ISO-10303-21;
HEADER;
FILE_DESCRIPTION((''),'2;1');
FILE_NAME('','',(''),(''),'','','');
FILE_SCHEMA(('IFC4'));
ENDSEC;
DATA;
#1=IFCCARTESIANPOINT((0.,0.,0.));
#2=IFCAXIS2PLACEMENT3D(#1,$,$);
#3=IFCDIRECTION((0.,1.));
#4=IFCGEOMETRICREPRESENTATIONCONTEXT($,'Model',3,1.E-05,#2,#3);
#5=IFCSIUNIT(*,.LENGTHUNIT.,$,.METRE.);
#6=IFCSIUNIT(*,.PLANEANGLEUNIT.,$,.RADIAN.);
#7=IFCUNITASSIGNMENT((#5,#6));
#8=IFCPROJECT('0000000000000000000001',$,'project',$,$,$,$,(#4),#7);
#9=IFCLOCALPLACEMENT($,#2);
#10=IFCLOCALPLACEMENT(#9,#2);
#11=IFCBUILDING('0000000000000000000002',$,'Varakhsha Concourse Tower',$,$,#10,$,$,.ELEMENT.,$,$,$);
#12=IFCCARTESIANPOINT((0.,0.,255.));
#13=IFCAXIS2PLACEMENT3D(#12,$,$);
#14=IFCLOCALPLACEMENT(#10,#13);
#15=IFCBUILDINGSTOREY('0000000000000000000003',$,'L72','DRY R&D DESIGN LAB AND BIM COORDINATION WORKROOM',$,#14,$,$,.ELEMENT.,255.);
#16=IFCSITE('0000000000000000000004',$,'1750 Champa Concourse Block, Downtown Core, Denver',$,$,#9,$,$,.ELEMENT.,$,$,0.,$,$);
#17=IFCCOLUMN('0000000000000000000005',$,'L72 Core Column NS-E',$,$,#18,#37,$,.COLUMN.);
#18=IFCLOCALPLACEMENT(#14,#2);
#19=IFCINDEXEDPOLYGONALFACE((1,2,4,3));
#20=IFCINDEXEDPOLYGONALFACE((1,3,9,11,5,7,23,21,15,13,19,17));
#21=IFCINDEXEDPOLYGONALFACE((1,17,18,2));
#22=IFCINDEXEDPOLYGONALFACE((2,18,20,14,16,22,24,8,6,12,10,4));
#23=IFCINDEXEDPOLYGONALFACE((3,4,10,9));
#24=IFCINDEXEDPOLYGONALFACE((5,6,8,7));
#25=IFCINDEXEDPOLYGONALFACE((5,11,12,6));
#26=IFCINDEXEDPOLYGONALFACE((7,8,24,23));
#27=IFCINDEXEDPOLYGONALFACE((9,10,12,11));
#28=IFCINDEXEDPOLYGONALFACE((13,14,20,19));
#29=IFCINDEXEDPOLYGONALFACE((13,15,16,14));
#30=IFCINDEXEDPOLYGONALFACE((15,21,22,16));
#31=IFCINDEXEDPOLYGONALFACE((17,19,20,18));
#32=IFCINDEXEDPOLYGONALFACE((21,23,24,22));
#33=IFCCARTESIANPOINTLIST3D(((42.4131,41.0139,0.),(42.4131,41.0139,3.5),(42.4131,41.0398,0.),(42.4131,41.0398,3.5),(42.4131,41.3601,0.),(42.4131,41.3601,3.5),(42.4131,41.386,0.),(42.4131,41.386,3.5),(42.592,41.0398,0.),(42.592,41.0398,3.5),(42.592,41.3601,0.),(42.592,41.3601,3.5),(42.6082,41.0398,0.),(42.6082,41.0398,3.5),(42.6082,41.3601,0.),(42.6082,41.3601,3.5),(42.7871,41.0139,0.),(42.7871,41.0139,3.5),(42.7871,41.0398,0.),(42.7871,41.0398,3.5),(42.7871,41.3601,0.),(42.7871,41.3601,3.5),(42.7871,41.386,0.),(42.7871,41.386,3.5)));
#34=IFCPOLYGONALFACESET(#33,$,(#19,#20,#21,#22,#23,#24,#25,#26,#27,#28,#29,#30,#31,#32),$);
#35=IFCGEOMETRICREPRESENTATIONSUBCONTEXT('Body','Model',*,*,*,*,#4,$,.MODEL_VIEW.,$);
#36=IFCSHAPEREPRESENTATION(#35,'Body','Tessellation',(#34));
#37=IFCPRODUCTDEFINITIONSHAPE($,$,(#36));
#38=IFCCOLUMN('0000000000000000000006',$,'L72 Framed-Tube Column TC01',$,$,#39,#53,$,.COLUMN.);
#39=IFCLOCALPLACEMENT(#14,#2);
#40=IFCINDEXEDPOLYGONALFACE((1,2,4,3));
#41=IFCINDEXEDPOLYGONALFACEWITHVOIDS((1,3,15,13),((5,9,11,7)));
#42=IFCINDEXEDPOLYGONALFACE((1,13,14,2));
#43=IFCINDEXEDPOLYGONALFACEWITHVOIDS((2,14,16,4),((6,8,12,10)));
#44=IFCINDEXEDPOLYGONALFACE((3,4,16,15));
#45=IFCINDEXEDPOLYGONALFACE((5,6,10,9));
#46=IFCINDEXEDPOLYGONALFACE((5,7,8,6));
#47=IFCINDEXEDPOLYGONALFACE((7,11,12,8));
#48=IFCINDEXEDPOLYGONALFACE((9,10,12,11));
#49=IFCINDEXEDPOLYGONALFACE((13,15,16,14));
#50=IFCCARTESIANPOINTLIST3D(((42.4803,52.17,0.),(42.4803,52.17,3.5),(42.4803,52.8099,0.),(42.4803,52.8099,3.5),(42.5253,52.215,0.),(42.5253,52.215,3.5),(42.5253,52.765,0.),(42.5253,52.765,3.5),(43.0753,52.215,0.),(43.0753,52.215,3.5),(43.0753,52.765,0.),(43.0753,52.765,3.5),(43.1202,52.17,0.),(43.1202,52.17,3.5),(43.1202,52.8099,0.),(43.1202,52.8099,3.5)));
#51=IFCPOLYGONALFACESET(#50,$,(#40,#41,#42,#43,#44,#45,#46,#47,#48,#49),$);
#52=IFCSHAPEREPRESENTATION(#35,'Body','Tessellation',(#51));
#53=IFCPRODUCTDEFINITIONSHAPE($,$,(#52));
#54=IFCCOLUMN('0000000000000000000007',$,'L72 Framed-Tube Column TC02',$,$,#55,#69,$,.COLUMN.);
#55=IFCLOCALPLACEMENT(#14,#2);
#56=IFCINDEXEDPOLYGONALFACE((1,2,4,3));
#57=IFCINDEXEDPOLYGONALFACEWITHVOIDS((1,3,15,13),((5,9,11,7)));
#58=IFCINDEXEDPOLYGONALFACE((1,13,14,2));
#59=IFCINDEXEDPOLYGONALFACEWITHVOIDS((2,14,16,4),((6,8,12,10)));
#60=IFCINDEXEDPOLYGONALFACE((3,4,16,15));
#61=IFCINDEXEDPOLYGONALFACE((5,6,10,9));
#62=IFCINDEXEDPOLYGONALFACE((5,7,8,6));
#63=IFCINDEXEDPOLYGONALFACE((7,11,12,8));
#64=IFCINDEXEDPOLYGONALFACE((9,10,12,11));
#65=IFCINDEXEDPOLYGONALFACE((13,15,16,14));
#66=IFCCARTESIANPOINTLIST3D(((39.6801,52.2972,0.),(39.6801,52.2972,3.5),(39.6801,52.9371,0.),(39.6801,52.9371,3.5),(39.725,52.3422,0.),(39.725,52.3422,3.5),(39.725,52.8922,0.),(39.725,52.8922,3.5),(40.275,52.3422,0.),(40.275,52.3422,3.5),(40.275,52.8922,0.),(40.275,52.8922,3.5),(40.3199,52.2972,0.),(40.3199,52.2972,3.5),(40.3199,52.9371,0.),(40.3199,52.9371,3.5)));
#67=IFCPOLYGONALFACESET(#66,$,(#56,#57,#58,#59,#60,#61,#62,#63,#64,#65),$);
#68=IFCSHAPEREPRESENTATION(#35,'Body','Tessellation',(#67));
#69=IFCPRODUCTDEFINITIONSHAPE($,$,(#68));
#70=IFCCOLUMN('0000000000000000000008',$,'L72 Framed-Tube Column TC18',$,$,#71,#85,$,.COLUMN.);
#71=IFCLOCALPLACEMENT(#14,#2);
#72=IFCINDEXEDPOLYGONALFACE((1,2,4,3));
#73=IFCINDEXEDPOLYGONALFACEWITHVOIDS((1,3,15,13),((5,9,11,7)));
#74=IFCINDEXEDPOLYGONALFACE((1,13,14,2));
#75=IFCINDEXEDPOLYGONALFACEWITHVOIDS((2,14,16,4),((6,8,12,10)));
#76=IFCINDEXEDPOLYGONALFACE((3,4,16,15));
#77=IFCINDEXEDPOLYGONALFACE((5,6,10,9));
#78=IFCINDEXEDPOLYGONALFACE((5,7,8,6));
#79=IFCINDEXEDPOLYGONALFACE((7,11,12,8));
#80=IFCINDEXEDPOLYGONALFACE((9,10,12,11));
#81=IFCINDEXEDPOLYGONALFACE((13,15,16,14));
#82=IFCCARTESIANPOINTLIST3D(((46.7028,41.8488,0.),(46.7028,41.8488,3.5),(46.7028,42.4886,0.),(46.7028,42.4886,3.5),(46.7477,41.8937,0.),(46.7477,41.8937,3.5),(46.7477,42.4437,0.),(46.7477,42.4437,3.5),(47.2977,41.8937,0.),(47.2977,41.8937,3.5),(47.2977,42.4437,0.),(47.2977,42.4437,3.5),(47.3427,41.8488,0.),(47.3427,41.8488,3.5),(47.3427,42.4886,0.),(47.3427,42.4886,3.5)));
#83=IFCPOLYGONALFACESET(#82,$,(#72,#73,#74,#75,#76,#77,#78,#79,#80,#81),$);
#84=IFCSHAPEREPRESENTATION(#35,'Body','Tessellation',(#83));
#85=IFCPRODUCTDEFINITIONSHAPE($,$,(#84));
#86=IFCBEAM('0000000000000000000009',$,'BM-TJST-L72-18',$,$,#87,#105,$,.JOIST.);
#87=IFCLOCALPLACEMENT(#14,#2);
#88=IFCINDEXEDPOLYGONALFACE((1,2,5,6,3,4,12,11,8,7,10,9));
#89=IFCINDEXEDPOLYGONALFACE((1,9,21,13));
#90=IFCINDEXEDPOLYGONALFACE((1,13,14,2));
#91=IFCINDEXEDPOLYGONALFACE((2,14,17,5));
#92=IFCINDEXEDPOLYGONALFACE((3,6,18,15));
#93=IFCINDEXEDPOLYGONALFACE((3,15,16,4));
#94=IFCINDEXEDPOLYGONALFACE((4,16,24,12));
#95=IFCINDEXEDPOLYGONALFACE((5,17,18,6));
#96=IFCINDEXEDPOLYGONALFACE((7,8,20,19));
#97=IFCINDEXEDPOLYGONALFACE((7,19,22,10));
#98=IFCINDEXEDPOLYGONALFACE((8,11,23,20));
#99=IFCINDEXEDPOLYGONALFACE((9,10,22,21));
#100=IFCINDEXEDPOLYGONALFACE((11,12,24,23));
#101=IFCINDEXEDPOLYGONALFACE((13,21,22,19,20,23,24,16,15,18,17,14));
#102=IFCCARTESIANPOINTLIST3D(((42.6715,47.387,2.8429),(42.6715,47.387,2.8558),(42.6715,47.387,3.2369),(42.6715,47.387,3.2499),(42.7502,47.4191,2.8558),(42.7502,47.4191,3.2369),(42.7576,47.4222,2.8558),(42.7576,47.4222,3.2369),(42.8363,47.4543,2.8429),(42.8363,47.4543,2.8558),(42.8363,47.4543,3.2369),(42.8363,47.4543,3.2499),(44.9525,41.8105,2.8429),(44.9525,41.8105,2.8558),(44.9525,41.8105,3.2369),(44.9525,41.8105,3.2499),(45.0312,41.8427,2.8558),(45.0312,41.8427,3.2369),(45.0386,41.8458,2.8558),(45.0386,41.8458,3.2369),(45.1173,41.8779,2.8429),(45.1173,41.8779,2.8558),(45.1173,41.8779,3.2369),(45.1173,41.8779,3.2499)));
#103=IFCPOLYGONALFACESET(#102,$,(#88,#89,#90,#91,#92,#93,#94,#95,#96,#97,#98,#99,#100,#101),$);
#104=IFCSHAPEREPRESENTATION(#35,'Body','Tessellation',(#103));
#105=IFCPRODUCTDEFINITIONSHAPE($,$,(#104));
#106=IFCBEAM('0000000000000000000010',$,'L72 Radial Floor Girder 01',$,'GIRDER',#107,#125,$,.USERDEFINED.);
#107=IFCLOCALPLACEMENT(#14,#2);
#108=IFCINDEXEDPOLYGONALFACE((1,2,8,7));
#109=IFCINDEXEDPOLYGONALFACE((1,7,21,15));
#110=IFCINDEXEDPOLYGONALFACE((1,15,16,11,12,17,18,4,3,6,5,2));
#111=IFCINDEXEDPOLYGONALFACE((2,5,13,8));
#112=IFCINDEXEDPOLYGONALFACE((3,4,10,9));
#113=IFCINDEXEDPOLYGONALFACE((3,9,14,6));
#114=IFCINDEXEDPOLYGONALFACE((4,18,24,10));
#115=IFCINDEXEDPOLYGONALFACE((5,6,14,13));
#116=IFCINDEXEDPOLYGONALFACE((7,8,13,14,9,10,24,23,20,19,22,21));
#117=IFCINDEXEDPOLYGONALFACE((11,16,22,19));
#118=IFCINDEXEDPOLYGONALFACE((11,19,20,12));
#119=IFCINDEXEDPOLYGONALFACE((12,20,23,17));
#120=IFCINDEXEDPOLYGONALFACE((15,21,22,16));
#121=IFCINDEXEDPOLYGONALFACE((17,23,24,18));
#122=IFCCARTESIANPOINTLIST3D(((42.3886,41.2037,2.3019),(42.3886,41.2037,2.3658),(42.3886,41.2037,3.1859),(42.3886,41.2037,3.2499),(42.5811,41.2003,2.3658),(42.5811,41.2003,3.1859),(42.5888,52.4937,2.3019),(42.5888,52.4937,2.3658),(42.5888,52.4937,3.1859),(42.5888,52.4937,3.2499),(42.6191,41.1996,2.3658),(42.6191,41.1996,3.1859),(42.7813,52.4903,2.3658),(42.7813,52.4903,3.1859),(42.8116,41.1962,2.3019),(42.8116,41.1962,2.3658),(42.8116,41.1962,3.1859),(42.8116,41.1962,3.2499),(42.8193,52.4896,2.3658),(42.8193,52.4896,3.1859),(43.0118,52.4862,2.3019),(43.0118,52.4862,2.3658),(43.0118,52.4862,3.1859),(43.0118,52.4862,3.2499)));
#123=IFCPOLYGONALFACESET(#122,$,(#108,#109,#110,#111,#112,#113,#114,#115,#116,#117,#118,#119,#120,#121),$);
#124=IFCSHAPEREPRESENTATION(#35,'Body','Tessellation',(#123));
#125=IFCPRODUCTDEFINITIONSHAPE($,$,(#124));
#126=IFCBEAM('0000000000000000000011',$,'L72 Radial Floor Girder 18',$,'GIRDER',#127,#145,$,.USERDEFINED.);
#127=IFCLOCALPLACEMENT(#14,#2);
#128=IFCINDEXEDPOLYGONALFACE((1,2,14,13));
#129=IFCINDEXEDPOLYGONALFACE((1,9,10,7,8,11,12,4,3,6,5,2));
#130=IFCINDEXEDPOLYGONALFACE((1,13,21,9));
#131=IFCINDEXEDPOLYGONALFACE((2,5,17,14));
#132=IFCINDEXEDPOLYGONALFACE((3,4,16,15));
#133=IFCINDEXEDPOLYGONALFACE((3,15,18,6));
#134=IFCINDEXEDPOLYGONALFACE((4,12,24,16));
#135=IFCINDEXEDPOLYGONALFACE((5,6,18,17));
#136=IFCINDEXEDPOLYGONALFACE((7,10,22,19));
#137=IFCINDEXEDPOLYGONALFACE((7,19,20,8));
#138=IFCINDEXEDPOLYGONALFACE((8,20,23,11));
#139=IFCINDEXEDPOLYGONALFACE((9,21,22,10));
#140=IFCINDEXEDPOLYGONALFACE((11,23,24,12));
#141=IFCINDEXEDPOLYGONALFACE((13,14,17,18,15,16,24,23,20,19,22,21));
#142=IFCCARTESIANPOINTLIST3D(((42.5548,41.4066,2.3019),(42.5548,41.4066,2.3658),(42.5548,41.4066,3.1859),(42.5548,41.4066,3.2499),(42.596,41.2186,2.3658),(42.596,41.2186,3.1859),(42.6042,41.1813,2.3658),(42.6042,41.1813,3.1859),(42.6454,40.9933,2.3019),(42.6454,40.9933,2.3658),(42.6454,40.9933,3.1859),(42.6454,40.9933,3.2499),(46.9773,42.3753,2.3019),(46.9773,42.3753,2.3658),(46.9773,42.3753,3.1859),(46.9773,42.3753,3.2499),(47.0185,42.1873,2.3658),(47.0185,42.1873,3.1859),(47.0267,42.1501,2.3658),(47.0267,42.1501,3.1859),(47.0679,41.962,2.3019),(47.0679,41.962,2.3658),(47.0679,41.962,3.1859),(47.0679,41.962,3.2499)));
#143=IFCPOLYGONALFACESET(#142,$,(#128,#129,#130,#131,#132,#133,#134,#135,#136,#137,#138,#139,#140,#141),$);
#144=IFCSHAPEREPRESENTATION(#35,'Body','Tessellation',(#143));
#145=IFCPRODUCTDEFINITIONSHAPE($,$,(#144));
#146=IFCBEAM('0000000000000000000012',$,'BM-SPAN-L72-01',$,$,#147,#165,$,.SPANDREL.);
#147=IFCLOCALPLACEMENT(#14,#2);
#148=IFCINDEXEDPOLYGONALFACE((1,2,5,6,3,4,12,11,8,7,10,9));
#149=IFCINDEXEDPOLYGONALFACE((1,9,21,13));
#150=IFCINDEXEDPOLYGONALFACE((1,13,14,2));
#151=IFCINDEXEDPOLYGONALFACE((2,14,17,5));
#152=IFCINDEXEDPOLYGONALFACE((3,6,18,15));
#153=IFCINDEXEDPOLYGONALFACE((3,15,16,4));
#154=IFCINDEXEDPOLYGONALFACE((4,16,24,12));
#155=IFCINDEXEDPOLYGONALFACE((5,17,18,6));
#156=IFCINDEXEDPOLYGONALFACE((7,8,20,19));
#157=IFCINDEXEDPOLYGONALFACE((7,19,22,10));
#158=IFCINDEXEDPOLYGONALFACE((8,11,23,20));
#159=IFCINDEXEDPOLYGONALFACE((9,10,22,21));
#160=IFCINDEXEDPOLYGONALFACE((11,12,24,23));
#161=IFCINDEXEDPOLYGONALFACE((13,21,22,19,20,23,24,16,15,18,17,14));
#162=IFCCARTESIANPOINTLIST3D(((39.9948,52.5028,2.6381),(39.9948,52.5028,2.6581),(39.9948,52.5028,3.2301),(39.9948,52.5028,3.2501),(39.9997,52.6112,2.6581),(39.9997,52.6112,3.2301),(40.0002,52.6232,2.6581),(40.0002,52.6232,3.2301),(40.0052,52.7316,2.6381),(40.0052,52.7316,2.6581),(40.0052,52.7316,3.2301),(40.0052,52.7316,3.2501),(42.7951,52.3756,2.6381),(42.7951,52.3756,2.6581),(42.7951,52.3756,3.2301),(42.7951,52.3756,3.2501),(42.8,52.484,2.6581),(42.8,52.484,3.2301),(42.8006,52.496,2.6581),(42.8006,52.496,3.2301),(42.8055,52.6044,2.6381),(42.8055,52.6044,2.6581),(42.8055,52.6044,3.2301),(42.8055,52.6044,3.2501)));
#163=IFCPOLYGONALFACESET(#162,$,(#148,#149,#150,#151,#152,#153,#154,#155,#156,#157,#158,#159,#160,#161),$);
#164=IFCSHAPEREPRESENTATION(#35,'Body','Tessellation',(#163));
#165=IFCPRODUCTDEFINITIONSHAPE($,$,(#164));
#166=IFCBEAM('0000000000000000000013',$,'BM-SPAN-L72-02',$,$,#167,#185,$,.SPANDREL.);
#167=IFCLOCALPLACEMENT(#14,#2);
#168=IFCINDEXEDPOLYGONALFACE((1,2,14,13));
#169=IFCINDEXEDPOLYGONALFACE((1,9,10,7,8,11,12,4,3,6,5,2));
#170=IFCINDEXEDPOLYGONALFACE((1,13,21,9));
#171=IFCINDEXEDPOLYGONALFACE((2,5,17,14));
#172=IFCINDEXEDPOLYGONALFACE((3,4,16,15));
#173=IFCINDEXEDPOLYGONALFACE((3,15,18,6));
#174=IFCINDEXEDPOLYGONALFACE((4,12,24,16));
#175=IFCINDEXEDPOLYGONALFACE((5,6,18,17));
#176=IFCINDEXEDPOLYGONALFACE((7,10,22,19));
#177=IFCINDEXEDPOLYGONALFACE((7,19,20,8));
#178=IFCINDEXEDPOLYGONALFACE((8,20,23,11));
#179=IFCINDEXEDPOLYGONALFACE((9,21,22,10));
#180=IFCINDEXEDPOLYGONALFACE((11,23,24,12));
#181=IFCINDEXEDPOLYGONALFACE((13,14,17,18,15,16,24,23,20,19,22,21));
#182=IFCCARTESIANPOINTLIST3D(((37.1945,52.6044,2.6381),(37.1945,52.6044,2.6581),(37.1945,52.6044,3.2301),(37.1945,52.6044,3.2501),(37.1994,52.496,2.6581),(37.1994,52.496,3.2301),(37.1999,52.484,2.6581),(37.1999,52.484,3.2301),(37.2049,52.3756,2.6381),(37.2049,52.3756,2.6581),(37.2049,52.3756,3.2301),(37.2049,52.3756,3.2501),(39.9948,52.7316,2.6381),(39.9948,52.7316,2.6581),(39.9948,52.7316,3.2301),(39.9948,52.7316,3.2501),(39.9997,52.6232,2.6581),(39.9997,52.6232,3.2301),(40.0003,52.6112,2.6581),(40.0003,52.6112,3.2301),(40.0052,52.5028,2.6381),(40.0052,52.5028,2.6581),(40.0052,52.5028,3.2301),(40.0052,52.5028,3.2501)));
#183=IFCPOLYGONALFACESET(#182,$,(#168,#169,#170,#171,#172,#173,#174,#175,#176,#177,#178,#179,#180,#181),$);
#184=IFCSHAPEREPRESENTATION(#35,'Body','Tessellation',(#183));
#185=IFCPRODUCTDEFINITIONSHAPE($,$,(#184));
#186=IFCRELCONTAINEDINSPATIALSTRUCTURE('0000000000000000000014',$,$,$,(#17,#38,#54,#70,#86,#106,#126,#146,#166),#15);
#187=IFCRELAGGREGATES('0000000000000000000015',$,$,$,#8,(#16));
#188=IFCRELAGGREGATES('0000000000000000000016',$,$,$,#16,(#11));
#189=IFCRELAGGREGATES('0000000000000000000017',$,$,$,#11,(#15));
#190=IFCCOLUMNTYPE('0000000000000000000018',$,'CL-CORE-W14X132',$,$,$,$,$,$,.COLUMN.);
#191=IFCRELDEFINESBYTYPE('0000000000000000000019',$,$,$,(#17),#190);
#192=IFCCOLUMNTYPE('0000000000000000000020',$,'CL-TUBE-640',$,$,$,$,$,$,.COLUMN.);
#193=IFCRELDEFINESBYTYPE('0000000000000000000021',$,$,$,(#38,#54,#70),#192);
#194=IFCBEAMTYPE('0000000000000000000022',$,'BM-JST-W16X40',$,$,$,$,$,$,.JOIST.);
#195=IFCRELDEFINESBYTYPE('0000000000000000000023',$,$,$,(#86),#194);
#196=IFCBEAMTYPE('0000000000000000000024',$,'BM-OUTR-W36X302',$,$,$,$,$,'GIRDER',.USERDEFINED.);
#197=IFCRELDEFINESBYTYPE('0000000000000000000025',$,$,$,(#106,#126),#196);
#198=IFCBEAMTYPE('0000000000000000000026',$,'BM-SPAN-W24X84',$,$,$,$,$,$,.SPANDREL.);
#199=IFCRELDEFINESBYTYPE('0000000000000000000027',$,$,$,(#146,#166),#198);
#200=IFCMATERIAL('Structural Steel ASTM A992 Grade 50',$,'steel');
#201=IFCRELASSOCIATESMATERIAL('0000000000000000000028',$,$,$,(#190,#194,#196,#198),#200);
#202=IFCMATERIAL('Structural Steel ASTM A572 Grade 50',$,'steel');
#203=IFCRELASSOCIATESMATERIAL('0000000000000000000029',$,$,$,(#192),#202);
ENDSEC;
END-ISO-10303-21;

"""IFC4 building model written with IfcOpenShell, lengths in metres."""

from ifc_helpers import new_model, si_unit, direction, frame, origin, origin_2d, place, context, subcontext, project, spatial, hollow_rectangle, i_section, extrude, material, material_profile, profile_set, type_object, element, save


model = new_model("IFC4")

# Units and contexts
model_context = context("Model", 3, precision=1e-05, world=origin(), true_north=direction((0.0, 1.0)))
body_context = subcontext(model_context, "Body", "Model", "MODEL_VIEW")
ifc_project = project(units=[si_unit("LENGTHUNIT", "METRE"), si_unit("PLANEANGLEUNIT", "RADIAN")], contexts=[model_context])

# Site, building, storey
site_placement = place(None, origin())
site = spatial("IfcSite", under=ifc_project, at=site_placement, Name="1750 Champa Concourse Block, Downtown Core, Denver", CompositionType="ELEMENT", RefElevation=0.0)
building_placement = place(site_placement, origin())
building = spatial("IfcBuilding", under=site, at=building_placement, Name="Varakhsha Concourse Tower", CompositionType="ELEMENT")
storey_placement = place(building_placement, frame((0.0, 0.0, 255.0)))
storey = spatial("IfcBuildingStorey", under=building, at=storey_placement, Name="L72", Description="DRY R&D DESIGN LAB AND BIM COORDINATION WORKROOM", CompositionType="ELEMENT", Elevation=255.0)

# Columns
ifc_material_1 = material(Name="Structural Steel ASTM A992 Grade 50", Category="steel")
ifc_material_profile_1 = material_profile(ifc_material_1, i_section(OverallWidth=0.374, OverallDepth=0.3721, WebThickness=0.0161, FlangeThickness=0.0259, at=origin_2d()), Name="W14X132")
ifc_profile_set_1 = profile_set([ifc_material_profile_1], Name="Structural Steel ASTM A992 Grade 50")
column_type_1 = type_object("IfcColumnType", Name="CL-CORE-W14X132", PredefinedType="COLUMN", material=ifc_profile_set_1)
column_placement = place(storey_placement, frame((42.6001, 41.2, 0.0), z_axis=(0.0, 0.0, 1.0), x_axis=(1.0, 0.0, 0.0)))
element("IfcColumn", 1, at=column_placement, inside=storey, type_object=column_type_1, Name="L72 Core Column NS-E", PredefinedType="COLUMN", context=body_context, shape_type="SweptSolid", body=[
    extrude(i_section(OverallWidth=0.374, OverallDepth=0.3721, WebThickness=0.0161, FlangeThickness=0.0259, at=origin_2d()), origin(), (0.0, 0.0, 1.0), 3.5),
])
ifc_material_2 = material(Name="Structural Steel ASTM A572 Grade 50", Category="steel")
ifc_material_profile_2 = material_profile(ifc_material_2, hollow_rectangle(XDim=0.6399, YDim=0.6399, WallThickness=0.0449, at=origin_2d()), Name="BOX 640x640x45")
ifc_profile_set_2 = profile_set([ifc_material_profile_2], Name="Structural Steel ASTM A572 Grade 50")
column_type_2 = type_object("IfcColumnType", Name="CL-TUBE-640", PredefinedType="COLUMN", material=ifc_profile_set_2)
for number, where, z_axis, x_axis, name in (
    (2, (42.8003, 52.49, 0.0), (0.0, 0.0, 1.0), (1.0, 0.0, 0.0), "L72 Framed-Tube Column TC01"),
    (3, (40.0, 52.6172, 0.0), (0.0, 0.0, 1.0), (1.0, 0.0, 0.0), "L72 Framed-Tube Column TC02"),
    (4, (47.0227, 42.1687, 0.0), (0.0, 0.0, 1.0), (1.0, 0.0, 0.0), "L72 Framed-Tube Column TC18"),
):
    element("IfcColumn", number, at=place(storey_placement, frame(where, z_axis=z_axis, x_axis=x_axis)), inside=storey, type_object=column_type_2, Name=name, PredefinedType="COLUMN", context=body_context, shape_type="SweptSolid", body=[
        extrude(hollow_rectangle(XDim=0.6399, YDim=0.6399, WallThickness=0.0449, at=origin_2d()), origin(), (0.0, 0.0, 1.0), 3.5),
    ])

# Beams
ifc_material_profile_3 = material_profile(ifc_material_1, i_section(OverallWidth=0.178, OverallDepth=0.407, WebThickness=0.0081, FlangeThickness=0.0129, at=origin_2d()), Name="W16X40")
ifc_profile_set_3 = profile_set([ifc_material_profile_3], Name="Structural Steel ASTM A992 Grade 50")
beam_type_1 = type_object("IfcBeamType", Name="BM-JST-W16X40", PredefinedType="JOIST", material=ifc_profile_set_3)
beam_1_placement = place(storey_placement, frame((45.0349, 41.8442, 3.0464), z_axis=(-0.378597, 0.925562, 0.0), x_axis=(-0.925562, -0.378597, 0.0)))
element("IfcBeam", 5, at=beam_1_placement, inside=storey, type_object=beam_type_1, Name="BM-TJST-L72-18", PredefinedType="JOIST", context=body_context, shape_type="SweptSolid", body=[
    extrude(i_section(OverallWidth=0.178, OverallDepth=0.407, WebThickness=0.0081, FlangeThickness=0.0129, at=origin_2d()), origin(), (0.0, 0.0, 1.0), 6.0249),
])
ifc_material_profile_4 = material_profile(ifc_material_1, i_section(OverallWidth=0.4231, OverallDepth=0.948, WebThickness=0.0381, FlangeThickness=0.064, at=origin_2d()), Name="W36X302")
ifc_profile_set_4 = profile_set([ifc_material_profile_4], Name="Structural Steel ASTM A992 Grade 50")
beam_type_2 = type_object("IfcBeamType", Name="BM-OUTR-W36X302", ElementType="GIRDER", PredefinedType="USERDEFINED", material=ifc_profile_set_4)
beam_2_placement = place(storey_placement, frame((42.6001, 41.2, 2.7759), z_axis=(0.017729, 0.999843, 0.0), x_axis=(-0.999843, 0.017729, 0.0)))
element("IfcBeam", 6, at=beam_2_placement, inside=storey, type_object=beam_type_2, Name="L72 Radial Floor Girder 01", ObjectType="GIRDER", PredefinedType="USERDEFINED", context=body_context, shape_type="SweptSolid", body=[
    extrude(i_section(OverallWidth=0.4231, OverallDepth=0.948, WebThickness=0.0381, FlangeThickness=0.064, at=origin_2d()), origin(), (0.0, 0.0, 1.0), 11.2917),
])
beam_3_placement = place(storey_placement, frame((42.6001, 41.2, 2.7759), z_axis=(0.97684, 0.213972, 0.0), x_axis=(-0.213972, 0.97684, 0.0)))
element("IfcBeam", 7, at=beam_3_placement, inside=storey, type_object=beam_type_2, Name="L72 Radial Floor Girder 18", ObjectType="GIRDER", PredefinedType="USERDEFINED", context=body_context, shape_type="SweptSolid", body=[
    extrude(i_section(OverallWidth=0.4231, OverallDepth=0.948, WebThickness=0.0381, FlangeThickness=0.064, at=origin_2d()), origin(), (0.0, 0.0, 1.0), 4.5273),
])
ifc_material_profile_5 = material_profile(ifc_material_1, i_section(OverallWidth=0.229, OverallDepth=0.6121, WebThickness=0.012, FlangeThickness=0.02, at=origin_2d()), Name="W24X84")
ifc_profile_set_5 = profile_set([ifc_material_profile_5], Name="Structural Steel ASTM A992 Grade 50")
beam_type_3 = type_object("IfcBeamType", Name="BM-SPAN-W24X84", PredefinedType="SPANDREL", material=ifc_profile_set_5)
for number, where, z_axis, x_axis, name in (
    (8, (42.8003, 52.49, 2.9441), (-0.99897, 0.045376, 0.0), (-0.045376, -0.99897, 0.0), "BM-SPAN-L72-01"),
    (9, (40.0, 52.6172, 2.9441), (-0.99897, -0.045376, 0.0), (0.045376, -0.99897, 0.0), "BM-SPAN-L72-02"),
):
    element("IfcBeam", number, at=place(storey_placement, frame(where, z_axis=z_axis, x_axis=x_axis)), inside=storey, type_object=beam_type_3, Name=name, PredefinedType="SPANDREL", context=body_context, shape_type="SweptSolid", body=[
        extrude(i_section(OverallWidth=0.229, OverallDepth=0.6121, WebThickness=0.012, FlangeThickness=0.02, at=origin_2d()), origin(), (0.0, 0.0, 1.0), 2.8032),
    ])

save(model, "model.ifc")
